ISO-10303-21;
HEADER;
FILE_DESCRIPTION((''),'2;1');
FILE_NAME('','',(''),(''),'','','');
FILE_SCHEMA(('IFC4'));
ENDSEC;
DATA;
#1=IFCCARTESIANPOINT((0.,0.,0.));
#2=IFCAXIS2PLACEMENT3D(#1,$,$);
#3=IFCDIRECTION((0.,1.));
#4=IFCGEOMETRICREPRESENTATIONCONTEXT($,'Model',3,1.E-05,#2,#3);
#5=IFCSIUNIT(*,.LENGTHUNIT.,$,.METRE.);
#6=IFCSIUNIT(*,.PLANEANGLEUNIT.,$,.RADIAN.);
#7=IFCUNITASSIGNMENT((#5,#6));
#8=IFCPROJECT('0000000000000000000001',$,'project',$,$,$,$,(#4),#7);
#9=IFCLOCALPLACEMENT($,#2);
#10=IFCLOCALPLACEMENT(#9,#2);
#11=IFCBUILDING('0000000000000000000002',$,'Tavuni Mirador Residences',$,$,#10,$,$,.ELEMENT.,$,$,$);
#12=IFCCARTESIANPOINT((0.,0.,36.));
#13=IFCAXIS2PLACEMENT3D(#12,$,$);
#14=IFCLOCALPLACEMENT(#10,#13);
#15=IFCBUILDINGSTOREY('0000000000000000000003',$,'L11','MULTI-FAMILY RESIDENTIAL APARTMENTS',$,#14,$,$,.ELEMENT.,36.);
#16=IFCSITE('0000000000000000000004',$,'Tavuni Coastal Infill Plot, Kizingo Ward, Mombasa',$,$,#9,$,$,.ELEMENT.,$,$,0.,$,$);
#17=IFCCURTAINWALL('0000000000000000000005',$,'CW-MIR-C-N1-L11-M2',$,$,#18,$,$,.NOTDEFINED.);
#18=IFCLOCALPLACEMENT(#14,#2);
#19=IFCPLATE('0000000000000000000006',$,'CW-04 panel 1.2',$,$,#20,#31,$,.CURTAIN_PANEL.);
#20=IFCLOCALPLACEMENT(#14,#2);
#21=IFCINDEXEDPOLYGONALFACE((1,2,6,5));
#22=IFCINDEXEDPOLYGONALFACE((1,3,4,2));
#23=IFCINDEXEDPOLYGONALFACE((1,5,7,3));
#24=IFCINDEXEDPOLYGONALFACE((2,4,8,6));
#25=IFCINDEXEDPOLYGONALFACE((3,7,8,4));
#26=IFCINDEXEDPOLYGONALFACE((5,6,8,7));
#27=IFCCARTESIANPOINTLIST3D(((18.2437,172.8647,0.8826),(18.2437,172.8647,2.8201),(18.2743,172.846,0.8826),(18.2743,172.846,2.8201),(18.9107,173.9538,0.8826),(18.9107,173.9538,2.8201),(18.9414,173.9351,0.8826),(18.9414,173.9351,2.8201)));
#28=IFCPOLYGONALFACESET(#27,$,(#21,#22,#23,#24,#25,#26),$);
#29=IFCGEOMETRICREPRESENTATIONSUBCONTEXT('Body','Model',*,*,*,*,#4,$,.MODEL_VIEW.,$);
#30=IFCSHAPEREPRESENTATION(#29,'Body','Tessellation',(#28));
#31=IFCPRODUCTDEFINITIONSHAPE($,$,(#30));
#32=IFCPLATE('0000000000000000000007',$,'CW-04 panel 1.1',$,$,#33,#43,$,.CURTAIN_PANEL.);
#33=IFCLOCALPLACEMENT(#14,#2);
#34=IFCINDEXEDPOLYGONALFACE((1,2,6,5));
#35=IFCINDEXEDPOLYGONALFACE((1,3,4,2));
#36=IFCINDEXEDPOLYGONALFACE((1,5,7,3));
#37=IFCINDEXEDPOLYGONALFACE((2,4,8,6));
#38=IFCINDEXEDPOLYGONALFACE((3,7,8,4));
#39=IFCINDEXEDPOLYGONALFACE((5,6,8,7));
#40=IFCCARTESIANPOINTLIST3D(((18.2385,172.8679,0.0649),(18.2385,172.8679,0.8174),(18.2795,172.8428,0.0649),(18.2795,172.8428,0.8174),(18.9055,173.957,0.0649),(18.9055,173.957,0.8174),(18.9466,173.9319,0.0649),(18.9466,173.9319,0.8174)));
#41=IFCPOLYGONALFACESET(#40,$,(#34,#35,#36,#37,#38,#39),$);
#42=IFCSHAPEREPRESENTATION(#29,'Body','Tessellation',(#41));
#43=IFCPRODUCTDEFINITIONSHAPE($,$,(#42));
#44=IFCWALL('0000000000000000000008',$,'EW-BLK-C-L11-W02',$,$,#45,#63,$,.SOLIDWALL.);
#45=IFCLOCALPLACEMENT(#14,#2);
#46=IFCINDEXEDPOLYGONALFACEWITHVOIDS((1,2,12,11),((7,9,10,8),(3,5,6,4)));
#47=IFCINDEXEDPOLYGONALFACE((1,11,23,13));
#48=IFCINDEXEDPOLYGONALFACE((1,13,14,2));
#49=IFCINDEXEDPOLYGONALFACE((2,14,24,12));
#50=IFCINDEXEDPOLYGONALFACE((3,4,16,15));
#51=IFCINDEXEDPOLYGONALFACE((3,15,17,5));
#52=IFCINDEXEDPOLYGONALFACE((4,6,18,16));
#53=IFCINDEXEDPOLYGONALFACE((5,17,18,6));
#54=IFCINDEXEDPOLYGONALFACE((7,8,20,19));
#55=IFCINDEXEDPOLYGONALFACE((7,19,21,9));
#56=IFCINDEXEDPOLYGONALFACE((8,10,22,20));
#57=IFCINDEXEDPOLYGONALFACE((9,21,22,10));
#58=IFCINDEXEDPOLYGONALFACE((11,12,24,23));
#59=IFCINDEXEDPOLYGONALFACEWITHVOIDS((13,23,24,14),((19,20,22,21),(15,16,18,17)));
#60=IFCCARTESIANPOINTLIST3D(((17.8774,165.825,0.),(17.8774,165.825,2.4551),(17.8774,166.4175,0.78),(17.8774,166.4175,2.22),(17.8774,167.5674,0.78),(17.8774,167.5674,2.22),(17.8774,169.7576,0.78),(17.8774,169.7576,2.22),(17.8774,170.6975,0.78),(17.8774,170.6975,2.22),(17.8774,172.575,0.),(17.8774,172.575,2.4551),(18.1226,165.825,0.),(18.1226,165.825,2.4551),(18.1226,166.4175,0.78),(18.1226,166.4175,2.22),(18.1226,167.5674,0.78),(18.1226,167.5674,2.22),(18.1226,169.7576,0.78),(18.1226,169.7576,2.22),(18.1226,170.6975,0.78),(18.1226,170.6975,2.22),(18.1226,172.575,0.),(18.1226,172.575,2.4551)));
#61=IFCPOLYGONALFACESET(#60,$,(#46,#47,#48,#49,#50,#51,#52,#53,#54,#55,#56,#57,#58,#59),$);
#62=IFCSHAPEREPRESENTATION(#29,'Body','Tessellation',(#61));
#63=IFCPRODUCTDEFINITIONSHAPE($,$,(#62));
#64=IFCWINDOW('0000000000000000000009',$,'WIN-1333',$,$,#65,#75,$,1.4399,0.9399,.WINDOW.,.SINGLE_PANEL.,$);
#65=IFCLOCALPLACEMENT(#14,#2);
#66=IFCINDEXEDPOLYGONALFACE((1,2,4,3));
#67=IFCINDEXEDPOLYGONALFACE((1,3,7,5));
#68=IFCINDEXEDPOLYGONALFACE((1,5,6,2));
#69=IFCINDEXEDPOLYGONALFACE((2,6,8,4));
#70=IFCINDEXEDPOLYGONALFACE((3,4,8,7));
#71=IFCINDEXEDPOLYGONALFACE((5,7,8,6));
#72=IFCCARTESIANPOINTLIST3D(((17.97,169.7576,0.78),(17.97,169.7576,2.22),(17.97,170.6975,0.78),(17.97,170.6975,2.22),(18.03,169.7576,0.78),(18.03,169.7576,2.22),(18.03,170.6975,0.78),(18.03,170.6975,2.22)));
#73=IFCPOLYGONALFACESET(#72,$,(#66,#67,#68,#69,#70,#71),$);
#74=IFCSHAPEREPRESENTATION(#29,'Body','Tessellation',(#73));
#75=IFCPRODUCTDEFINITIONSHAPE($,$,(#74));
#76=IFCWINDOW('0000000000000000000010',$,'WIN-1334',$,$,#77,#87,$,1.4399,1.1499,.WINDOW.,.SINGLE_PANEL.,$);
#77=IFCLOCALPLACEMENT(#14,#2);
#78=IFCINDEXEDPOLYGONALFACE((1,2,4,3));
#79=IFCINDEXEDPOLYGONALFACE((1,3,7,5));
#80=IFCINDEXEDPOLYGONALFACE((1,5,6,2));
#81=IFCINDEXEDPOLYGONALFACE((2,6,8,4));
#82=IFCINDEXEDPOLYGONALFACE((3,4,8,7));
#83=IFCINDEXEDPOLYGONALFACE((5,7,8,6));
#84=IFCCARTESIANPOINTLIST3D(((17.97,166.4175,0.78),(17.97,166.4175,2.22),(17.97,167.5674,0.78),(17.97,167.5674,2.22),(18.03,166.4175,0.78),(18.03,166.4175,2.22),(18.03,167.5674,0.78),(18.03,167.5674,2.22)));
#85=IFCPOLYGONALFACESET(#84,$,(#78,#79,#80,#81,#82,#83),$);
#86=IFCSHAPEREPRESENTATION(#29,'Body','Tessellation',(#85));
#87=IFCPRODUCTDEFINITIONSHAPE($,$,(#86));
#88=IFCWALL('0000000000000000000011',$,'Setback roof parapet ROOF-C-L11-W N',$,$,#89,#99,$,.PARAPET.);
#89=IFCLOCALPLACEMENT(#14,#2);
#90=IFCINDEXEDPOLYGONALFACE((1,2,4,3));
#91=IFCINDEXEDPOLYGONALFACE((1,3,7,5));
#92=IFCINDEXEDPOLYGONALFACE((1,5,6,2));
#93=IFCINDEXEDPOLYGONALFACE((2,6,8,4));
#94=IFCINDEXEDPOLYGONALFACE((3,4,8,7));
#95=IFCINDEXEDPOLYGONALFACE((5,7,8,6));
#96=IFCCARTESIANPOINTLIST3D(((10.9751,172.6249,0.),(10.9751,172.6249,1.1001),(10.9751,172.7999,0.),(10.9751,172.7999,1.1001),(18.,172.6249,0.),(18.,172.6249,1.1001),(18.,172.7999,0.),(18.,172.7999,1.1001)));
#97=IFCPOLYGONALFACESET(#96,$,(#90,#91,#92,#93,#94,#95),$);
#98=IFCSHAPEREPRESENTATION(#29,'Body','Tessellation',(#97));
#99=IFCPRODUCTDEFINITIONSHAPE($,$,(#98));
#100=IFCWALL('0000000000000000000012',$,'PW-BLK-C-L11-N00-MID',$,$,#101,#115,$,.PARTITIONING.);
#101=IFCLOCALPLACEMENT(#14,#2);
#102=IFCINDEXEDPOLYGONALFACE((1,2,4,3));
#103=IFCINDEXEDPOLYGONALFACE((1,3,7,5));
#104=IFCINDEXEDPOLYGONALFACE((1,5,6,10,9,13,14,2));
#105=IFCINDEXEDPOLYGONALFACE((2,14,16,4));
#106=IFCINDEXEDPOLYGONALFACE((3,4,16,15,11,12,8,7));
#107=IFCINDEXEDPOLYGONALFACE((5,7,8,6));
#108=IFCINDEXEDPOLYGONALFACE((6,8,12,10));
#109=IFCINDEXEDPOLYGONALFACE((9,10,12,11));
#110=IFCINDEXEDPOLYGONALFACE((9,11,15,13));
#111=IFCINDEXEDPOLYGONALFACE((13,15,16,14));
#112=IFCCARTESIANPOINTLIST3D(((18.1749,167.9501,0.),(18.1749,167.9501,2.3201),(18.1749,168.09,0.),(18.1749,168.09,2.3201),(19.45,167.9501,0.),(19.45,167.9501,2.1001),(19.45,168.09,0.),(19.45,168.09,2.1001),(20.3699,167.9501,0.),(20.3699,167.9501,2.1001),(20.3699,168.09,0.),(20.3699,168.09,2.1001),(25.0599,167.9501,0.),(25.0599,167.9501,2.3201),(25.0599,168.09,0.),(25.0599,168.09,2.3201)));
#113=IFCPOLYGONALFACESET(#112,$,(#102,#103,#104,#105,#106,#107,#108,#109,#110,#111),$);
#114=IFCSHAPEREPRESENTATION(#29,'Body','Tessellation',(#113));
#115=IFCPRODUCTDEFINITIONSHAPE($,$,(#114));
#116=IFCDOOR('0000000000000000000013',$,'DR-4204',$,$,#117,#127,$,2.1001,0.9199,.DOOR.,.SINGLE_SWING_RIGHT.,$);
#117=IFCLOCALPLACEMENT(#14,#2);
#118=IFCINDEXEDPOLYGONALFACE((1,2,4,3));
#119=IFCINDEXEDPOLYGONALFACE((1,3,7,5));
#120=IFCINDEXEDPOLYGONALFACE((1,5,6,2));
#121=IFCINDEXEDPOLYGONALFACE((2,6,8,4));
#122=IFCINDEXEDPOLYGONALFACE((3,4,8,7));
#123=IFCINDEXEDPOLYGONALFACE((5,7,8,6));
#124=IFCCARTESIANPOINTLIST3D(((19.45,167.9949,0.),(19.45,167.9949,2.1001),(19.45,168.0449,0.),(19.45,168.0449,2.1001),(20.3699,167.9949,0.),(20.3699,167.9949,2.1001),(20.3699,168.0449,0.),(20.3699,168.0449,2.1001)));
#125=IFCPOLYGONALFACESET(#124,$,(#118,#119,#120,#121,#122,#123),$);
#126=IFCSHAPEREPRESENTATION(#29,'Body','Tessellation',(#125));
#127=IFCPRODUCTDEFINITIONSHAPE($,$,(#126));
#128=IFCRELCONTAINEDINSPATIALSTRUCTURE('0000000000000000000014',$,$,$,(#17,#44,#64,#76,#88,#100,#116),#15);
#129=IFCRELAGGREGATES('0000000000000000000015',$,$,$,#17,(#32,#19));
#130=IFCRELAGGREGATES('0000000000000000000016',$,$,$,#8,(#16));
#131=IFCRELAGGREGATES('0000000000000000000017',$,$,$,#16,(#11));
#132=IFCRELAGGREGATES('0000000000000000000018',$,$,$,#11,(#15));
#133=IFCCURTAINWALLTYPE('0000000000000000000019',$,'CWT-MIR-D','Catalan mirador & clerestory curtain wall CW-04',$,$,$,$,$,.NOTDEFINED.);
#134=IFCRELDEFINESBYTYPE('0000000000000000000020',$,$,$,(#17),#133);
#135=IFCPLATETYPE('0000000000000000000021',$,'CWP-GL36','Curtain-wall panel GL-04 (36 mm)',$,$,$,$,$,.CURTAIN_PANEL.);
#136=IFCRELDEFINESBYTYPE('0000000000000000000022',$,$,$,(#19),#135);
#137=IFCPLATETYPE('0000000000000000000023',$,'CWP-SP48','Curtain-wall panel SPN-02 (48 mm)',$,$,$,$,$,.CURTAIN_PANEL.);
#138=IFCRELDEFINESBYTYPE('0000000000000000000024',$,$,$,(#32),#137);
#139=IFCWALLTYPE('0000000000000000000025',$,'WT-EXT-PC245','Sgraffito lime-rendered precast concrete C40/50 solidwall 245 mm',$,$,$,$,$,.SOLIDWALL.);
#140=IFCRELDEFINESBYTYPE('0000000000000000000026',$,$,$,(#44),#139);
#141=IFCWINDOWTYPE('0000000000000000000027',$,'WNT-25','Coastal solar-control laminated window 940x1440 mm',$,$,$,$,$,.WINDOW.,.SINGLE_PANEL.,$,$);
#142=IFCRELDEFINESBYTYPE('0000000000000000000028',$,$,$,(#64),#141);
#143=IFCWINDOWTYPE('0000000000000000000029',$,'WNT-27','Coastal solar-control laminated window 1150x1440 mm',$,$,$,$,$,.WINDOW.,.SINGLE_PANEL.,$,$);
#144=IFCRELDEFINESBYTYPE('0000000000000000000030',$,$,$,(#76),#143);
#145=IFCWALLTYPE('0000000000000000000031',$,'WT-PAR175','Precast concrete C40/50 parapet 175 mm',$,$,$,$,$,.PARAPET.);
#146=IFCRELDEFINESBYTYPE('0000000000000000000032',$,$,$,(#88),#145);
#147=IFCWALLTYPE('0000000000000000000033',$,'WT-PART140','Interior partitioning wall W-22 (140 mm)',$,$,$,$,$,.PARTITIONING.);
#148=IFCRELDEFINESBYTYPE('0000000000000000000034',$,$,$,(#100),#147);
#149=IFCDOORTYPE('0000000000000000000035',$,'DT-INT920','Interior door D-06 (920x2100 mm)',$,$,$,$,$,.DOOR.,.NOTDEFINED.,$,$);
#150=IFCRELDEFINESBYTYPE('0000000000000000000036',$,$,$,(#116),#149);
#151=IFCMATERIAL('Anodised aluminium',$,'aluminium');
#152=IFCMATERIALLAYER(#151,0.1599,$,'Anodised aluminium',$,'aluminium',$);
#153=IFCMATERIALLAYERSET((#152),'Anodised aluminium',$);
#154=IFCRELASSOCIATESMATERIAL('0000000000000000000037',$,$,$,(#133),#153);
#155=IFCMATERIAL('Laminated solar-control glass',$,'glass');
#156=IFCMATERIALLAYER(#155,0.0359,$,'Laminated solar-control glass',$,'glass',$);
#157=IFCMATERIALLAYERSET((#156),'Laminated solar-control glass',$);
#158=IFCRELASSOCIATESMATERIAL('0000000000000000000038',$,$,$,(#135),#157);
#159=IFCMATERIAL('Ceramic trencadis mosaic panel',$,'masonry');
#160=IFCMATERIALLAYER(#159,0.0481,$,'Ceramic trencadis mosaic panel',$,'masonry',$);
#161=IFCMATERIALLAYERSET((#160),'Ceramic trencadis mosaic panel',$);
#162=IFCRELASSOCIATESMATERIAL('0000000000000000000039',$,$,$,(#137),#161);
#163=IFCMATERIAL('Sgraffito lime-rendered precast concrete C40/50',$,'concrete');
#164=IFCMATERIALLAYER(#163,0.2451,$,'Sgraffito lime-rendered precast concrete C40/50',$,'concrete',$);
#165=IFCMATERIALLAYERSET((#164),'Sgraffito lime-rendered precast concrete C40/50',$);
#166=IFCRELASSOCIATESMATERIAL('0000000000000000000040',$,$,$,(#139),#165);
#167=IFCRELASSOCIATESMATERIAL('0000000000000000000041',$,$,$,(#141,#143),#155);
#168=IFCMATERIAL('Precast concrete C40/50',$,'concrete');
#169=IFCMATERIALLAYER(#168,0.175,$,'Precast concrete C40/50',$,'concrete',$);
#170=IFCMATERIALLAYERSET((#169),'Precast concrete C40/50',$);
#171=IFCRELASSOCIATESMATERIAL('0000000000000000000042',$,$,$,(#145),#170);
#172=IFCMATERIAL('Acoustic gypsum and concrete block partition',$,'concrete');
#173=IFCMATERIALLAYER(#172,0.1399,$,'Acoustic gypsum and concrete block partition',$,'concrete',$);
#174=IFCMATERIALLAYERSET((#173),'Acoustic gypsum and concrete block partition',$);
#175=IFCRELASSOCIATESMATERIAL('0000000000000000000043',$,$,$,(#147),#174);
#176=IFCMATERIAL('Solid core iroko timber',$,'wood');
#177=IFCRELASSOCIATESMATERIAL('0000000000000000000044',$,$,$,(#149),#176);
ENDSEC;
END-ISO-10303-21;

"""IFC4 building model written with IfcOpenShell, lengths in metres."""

from ifc_helpers import new_model, si_unit, direction, frame, frame_2d, origin, origin_2d, place, context, subcontext, project, spatial, rectangle, extrude, material, layer, layer_set, type_object, element, fill, aggregate, save


model = new_model("IFC4")

# Units and contexts
model_context = context("Model", 3, precision=1e-05, world=origin(), true_north=direction((0.0, 1.0)))
body_context = subcontext(model_context, "Body", "Model", "MODEL_VIEW")
ifc_project = project(units=[si_unit("LENGTHUNIT", "METRE"), si_unit("PLANEANGLEUNIT", "RADIAN")], contexts=[model_context])

# Site, building, storey
site_placement = place(None, origin())
site = spatial("IfcSite", under=ifc_project, at=site_placement, Name="Tavuni Coastal Infill Plot, Kizingo Ward, Mombasa", CompositionType="ELEMENT", RefElevation=0.0)
building_placement = place(site_placement, origin())
building = spatial("IfcBuilding", under=site, at=building_placement, Name="Tavuni Mirador Residences", CompositionType="ELEMENT")
storey_placement = place(building_placement, frame((0.0, 0.0, 36.0)))
storey = spatial("IfcBuildingStorey", under=building, at=storey_placement, Name="L11", Description="MULTI-FAMILY RESIDENTIAL APARTMENTS", CompositionType="ELEMENT", Elevation=36.0)

# Shared definitions
ifc_material_1 = material(Name="Precast concrete C40/50", Category="concrete")

# Shared definitions
ifc_material_2 = material(Name="Anodised aluminium", Category="aluminium")

# Curtain wall
ifc_layer_1 = layer(ifc_material_2, 0.1599, Name="Anodised aluminium", Category="aluminium")
ifc_layer_set_1 = layer_set([ifc_layer_1], Name="Anodised aluminium")
curtain_wall_type_1 = type_object("IfcCurtainWallType", Name="CWT-MIR-D", Description="Catalan mirador & clerestory curtain wall CW-04", PredefinedType="NOTDEFINED", material=ifc_layer_set_1)
curtain_wall_1_placement = place(storey_placement, origin())
curtain_wall_1 = element("IfcCurtainWall", 1, at=curtain_wall_1_placement, inside=storey, type_object=curtain_wall_type_1, Name="CW-MIR-C-N1-L11-M2", PredefinedType="NOTDEFINED")

# Plates
ifc_material_3 = material(Name="Laminated solar-control glass", Category="glass")
ifc_layer_2 = layer(ifc_material_3, 0.0359, Name="Laminated solar-control glass", Category="glass")
ifc_layer_set_2 = layer_set([ifc_layer_2], Name="Laminated solar-control glass")
plate_type_1 = type_object("IfcPlateType", Name="CWP-GL36", Description="Curtain-wall panel GL-04 (36 mm)", PredefinedType="CURTAIN_PANEL", material=ifc_layer_set_2)
plate_1_placement = place(storey_placement, frame((18.5925, 173.3999, 0.8826), z_axis=(0.0, 0.0, 1.0), x_axis=(-0.522312, -0.852754, 0.0)))
plate_1 = element("IfcPlate", 2, at=plate_1_placement, type_object=plate_type_1, Name="CW-04 panel 1.2", PredefinedType="CURTAIN_PANEL", context=body_context, shape_type="SweptSolid", body=[
    extrude(rectangle(XDim=1.2771, YDim=0.0359, at=origin_2d()), origin(), (0.0, 0.0, 1.0), 1.9375),
])
ifc_material_4 = material(Name="Ceramic trencadis mosaic panel", Category="masonry")
ifc_layer_3 = layer(ifc_material_4, 0.0481, Name="Ceramic trencadis mosaic panel", Category="masonry")
ifc_layer_set_3 = layer_set([ifc_layer_3], Name="Ceramic trencadis mosaic panel")
plate_type_2 = type_object("IfcPlateType", Name="CWP-SP48", Description="Curtain-wall panel SPN-02 (48 mm)", PredefinedType="CURTAIN_PANEL", material=ifc_layer_set_3)
plate_2_placement = place(storey_placement, frame((18.5925, 173.3999, 0.0649), z_axis=(0.0, 0.0, 1.0), x_axis=(-0.522312, -0.852754, 0.0)))
plate_2 = element("IfcPlate", 3, at=plate_2_placement, type_object=plate_type_2, Name="CW-04 panel 1.1", PredefinedType="CURTAIN_PANEL", context=body_context, shape_type="SweptSolid", body=[
    extrude(rectangle(XDim=1.2771, YDim=0.0481, at=origin_2d()), origin(), (0.0, 0.0, 1.0), 0.7524),
])
aggregate(curtain_wall_1, [plate_2, plate_1])

# Wall, openings, windows
ifc_material_5 = material(Name="Sgraffito lime-rendered precast concrete C40/50", Category="concrete")
ifc_layer_4 = layer(ifc_material_5, 0.2451, Name="Sgraffito lime-rendered precast concrete C40/50", Category="concrete")
ifc_layer_set_4 = layer_set([ifc_layer_4], Name="Sgraffito lime-rendered precast concrete C40/50")
wall_type_1 = type_object("IfcWallType", Name="WT-EXT-PC245", Description="Sgraffito lime-rendered precast concrete C40/50 solidwall 245 mm", PredefinedType="SOLIDWALL", material=ifc_layer_set_4)
wall_1_placement = place(storey_placement, frame((18.0, 172.575, 0.0), z_axis=(0.0, 0.0, 1.0), x_axis=(0.0, -1.0, 0.0)))
wall_1 = element("IfcWall", 4, at=wall_1_placement, inside=storey, type_object=wall_type_1, Name="EW-BLK-C-L11-W02", PredefinedType="SOLIDWALL", context=body_context, shape_type="SweptSolid", body=[
    extrude(rectangle(XDim=6.75, YDim=0.2451, at=frame_2d((3.375, 0.0))), origin(), (0.0, 0.0, 1.0), 2.4551),
])
opening_1_placement = place(wall_1_placement, frame((1.8774, 0.0, 0.78)))
opening_1 = element("IfcOpeningElement", 5, at=opening_1_placement, cuts=wall_1, PredefinedType="OPENING", context=body_context, shape_type="SweptSolid", body=[
    extrude(rectangle(XDim=0.9399, YDim=1.4399, at=frame_2d((0.47, 0.72))), frame((0.0, 0.1326, 0.0), z_axis=(0.0, -1.0, 0.0), x_axis=(1.0, 0.0, 0.0)), (0.0, 0.0, 1.0), 0.2651),
])
opening_2_placement = place(wall_1_placement, frame((5.0076, 0.0, 0.78)))
opening_2 = element("IfcOpeningElement", 6, at=opening_2_placement, cuts=wall_1, PredefinedType="OPENING", context=body_context, shape_type="SweptSolid", body=[
    extrude(rectangle(XDim=1.1499, YDim=1.4399, at=frame_2d((0.575, 0.72))), frame((0.0, 0.1326, 0.0), z_axis=(0.0, -1.0, 0.0), x_axis=(1.0, 0.0, 0.0)), (0.0, 0.0, 1.0), 0.2651),
])
window_type_1 = type_object("IfcWindowType", Name="WNT-25", Description="Coastal solar-control laminated window 940x1440 mm", PartitioningType="SINGLE_PANEL", PredefinedType="WINDOW", material=ifc_material_3)
window_1_placement = place(opening_1_placement, origin())
window_1 = element("IfcWindow", 7, at=window_1_placement, inside=storey, type_object=window_type_1, Name="WIN-1333", OverallHeight=1.4399, OverallWidth=0.9399, PartitioningType="SINGLE_PANEL", PredefinedType="WINDOW", context=body_context, shape_type="SweptSolid", body=[
    extrude(rectangle(XDim=0.9399, YDim=1.4399, at=frame_2d((0.47, 0.72))), frame((0.0, 0.03, 0.0), z_axis=(0.0, -1.0, 0.0), x_axis=(1.0, 0.0, 0.0)), (0.0, 0.0, 1.0), 0.0601),
])
fill(opening_1, window_1)
window_type_2 = type_object("IfcWindowType", Name="WNT-27", Description="Coastal solar-control laminated window 1150x1440 mm", PartitioningType="SINGLE_PANEL", PredefinedType="WINDOW", material=ifc_material_3)
window_2_placement = place(opening_2_placement, origin())
window_2 = element("IfcWindow", 8, at=window_2_placement, inside=storey, type_object=window_type_2, Name="WIN-1334", OverallHeight=1.4399, OverallWidth=1.1499, PartitioningType="SINGLE_PANEL", PredefinedType="WINDOW", context=body_context, shape_type="SweptSolid", body=[
    extrude(rectangle(XDim=1.1499, YDim=1.4399, at=frame_2d((0.575, 0.72))), frame((0.0, 0.03, 0.0), z_axis=(0.0, -1.0, 0.0), x_axis=(1.0, 0.0, 0.0)), (0.0, 0.0, 1.0), 0.0601),
])
fill(opening_2, window_2)

# Wall
ifc_layer_5 = layer(ifc_material_1, 0.175, Name="Precast concrete C40/50", Category="concrete")
ifc_layer_set_5 = layer_set([ifc_layer_5], Name="Precast concrete C40/50")
wall_type_2 = type_object("IfcWallType", Name="WT-PAR175", Description="Precast concrete C40/50 parapet 175 mm", PredefinedType="PARAPET", material=ifc_layer_set_5)
wall_2_placement = place(storey_placement, frame((10.9751, 172.7124, 0.0), z_axis=(0.0, 0.0, 1.0), x_axis=(1.0, 0.0, 0.0)))
element("IfcWall", 9, at=wall_2_placement, inside=storey, type_object=wall_type_2, Name="Setback roof parapet ROOF-C-L11-W N", PredefinedType="PARAPET", context=body_context, shape_type="SweptSolid", body=[
    extrude(rectangle(XDim=7.0249, YDim=0.175, at=frame_2d((3.5125, 0.0))), origin(), (0.0, 0.0, 1.0), 1.1001),
])

# Wall, opening, door
ifc_material_6 = material(Name="Acoustic gypsum and concrete block partition", Category="concrete")
ifc_layer_6 = layer(ifc_material_6, 0.1399, Name="Acoustic gypsum and concrete block partition", Category="concrete")
ifc_layer_set_6 = layer_set([ifc_layer_6], Name="Acoustic gypsum and concrete block partition")
wall_type_3 = type_object("IfcWallType", Name="WT-PART140", Description="Interior partitioning wall W-22 (140 mm)", PredefinedType="PARTITIONING", material=ifc_layer_set_6)
wall_3_placement = place(storey_placement, frame((18.175, 168.02, 0.0), z_axis=(0.0, 0.0, 1.0), x_axis=(1.0, 0.0, 0.0)))
wall_3 = element("IfcWall", 10, at=wall_3_placement, inside=storey, type_object=wall_type_3, Name="PW-BLK-C-L11-N00-MID", PredefinedType="PARTITIONING", context=body_context, shape_type="SweptSolid", body=[
    extrude(rectangle(XDim=6.885, YDim=0.1399, at=frame_2d((3.4424, 0.0))), origin(), (0.0, 0.0, 1.0), 2.3201),
])
opening_3_placement = place(wall_3_placement, frame((1.2749, 0.0, 0.0)))
opening_3 = element("IfcOpeningElement", 11, at=opening_3_placement, cuts=wall_3, PredefinedType="OPENING", context=body_context, shape_type="SweptSolid", body=[
    extrude(rectangle(XDim=0.9199, YDim=2.1001, at=frame_2d((0.46, 1.05))), frame((0.0, 0.0801, 0.0), z_axis=(0.0, -1.0, 0.0), x_axis=(1.0, 0.0, 0.0)), (0.0, 0.0, 1.0), 0.1599),
])
ifc_material_7 = material(Name="Solid core iroko timber", Category="wood")
door_type = type_object("IfcDoorType", Name="DT-INT920", Description="Interior door D-06 (920x2100 mm)", OperationType="NOTDEFINED", PredefinedType="DOOR", material=ifc_material_7)
door_placement = place(opening_3_placement, origin())
door = element("IfcDoor", 12, at=door_placement, inside=storey, type_object=door_type, Name="DR-4204", OperationType="SINGLE_SWING_RIGHT", OverallHeight=2.1001, OverallWidth=0.9199, PredefinedType="DOOR", context=body_context, shape_type="SweptSolid", body=[
    extrude(rectangle(XDim=0.9199, YDim=2.1001, at=frame_2d((0.46, 1.05))), frame((0.0, 0.0249, 0.0), z_axis=(0.0, -1.0, 0.0), x_axis=(1.0, 0.0, 0.0)), (0.0, 0.0, 1.0), 0.05),
])
fill(opening_3, door)

save(model, "model.ifc")
